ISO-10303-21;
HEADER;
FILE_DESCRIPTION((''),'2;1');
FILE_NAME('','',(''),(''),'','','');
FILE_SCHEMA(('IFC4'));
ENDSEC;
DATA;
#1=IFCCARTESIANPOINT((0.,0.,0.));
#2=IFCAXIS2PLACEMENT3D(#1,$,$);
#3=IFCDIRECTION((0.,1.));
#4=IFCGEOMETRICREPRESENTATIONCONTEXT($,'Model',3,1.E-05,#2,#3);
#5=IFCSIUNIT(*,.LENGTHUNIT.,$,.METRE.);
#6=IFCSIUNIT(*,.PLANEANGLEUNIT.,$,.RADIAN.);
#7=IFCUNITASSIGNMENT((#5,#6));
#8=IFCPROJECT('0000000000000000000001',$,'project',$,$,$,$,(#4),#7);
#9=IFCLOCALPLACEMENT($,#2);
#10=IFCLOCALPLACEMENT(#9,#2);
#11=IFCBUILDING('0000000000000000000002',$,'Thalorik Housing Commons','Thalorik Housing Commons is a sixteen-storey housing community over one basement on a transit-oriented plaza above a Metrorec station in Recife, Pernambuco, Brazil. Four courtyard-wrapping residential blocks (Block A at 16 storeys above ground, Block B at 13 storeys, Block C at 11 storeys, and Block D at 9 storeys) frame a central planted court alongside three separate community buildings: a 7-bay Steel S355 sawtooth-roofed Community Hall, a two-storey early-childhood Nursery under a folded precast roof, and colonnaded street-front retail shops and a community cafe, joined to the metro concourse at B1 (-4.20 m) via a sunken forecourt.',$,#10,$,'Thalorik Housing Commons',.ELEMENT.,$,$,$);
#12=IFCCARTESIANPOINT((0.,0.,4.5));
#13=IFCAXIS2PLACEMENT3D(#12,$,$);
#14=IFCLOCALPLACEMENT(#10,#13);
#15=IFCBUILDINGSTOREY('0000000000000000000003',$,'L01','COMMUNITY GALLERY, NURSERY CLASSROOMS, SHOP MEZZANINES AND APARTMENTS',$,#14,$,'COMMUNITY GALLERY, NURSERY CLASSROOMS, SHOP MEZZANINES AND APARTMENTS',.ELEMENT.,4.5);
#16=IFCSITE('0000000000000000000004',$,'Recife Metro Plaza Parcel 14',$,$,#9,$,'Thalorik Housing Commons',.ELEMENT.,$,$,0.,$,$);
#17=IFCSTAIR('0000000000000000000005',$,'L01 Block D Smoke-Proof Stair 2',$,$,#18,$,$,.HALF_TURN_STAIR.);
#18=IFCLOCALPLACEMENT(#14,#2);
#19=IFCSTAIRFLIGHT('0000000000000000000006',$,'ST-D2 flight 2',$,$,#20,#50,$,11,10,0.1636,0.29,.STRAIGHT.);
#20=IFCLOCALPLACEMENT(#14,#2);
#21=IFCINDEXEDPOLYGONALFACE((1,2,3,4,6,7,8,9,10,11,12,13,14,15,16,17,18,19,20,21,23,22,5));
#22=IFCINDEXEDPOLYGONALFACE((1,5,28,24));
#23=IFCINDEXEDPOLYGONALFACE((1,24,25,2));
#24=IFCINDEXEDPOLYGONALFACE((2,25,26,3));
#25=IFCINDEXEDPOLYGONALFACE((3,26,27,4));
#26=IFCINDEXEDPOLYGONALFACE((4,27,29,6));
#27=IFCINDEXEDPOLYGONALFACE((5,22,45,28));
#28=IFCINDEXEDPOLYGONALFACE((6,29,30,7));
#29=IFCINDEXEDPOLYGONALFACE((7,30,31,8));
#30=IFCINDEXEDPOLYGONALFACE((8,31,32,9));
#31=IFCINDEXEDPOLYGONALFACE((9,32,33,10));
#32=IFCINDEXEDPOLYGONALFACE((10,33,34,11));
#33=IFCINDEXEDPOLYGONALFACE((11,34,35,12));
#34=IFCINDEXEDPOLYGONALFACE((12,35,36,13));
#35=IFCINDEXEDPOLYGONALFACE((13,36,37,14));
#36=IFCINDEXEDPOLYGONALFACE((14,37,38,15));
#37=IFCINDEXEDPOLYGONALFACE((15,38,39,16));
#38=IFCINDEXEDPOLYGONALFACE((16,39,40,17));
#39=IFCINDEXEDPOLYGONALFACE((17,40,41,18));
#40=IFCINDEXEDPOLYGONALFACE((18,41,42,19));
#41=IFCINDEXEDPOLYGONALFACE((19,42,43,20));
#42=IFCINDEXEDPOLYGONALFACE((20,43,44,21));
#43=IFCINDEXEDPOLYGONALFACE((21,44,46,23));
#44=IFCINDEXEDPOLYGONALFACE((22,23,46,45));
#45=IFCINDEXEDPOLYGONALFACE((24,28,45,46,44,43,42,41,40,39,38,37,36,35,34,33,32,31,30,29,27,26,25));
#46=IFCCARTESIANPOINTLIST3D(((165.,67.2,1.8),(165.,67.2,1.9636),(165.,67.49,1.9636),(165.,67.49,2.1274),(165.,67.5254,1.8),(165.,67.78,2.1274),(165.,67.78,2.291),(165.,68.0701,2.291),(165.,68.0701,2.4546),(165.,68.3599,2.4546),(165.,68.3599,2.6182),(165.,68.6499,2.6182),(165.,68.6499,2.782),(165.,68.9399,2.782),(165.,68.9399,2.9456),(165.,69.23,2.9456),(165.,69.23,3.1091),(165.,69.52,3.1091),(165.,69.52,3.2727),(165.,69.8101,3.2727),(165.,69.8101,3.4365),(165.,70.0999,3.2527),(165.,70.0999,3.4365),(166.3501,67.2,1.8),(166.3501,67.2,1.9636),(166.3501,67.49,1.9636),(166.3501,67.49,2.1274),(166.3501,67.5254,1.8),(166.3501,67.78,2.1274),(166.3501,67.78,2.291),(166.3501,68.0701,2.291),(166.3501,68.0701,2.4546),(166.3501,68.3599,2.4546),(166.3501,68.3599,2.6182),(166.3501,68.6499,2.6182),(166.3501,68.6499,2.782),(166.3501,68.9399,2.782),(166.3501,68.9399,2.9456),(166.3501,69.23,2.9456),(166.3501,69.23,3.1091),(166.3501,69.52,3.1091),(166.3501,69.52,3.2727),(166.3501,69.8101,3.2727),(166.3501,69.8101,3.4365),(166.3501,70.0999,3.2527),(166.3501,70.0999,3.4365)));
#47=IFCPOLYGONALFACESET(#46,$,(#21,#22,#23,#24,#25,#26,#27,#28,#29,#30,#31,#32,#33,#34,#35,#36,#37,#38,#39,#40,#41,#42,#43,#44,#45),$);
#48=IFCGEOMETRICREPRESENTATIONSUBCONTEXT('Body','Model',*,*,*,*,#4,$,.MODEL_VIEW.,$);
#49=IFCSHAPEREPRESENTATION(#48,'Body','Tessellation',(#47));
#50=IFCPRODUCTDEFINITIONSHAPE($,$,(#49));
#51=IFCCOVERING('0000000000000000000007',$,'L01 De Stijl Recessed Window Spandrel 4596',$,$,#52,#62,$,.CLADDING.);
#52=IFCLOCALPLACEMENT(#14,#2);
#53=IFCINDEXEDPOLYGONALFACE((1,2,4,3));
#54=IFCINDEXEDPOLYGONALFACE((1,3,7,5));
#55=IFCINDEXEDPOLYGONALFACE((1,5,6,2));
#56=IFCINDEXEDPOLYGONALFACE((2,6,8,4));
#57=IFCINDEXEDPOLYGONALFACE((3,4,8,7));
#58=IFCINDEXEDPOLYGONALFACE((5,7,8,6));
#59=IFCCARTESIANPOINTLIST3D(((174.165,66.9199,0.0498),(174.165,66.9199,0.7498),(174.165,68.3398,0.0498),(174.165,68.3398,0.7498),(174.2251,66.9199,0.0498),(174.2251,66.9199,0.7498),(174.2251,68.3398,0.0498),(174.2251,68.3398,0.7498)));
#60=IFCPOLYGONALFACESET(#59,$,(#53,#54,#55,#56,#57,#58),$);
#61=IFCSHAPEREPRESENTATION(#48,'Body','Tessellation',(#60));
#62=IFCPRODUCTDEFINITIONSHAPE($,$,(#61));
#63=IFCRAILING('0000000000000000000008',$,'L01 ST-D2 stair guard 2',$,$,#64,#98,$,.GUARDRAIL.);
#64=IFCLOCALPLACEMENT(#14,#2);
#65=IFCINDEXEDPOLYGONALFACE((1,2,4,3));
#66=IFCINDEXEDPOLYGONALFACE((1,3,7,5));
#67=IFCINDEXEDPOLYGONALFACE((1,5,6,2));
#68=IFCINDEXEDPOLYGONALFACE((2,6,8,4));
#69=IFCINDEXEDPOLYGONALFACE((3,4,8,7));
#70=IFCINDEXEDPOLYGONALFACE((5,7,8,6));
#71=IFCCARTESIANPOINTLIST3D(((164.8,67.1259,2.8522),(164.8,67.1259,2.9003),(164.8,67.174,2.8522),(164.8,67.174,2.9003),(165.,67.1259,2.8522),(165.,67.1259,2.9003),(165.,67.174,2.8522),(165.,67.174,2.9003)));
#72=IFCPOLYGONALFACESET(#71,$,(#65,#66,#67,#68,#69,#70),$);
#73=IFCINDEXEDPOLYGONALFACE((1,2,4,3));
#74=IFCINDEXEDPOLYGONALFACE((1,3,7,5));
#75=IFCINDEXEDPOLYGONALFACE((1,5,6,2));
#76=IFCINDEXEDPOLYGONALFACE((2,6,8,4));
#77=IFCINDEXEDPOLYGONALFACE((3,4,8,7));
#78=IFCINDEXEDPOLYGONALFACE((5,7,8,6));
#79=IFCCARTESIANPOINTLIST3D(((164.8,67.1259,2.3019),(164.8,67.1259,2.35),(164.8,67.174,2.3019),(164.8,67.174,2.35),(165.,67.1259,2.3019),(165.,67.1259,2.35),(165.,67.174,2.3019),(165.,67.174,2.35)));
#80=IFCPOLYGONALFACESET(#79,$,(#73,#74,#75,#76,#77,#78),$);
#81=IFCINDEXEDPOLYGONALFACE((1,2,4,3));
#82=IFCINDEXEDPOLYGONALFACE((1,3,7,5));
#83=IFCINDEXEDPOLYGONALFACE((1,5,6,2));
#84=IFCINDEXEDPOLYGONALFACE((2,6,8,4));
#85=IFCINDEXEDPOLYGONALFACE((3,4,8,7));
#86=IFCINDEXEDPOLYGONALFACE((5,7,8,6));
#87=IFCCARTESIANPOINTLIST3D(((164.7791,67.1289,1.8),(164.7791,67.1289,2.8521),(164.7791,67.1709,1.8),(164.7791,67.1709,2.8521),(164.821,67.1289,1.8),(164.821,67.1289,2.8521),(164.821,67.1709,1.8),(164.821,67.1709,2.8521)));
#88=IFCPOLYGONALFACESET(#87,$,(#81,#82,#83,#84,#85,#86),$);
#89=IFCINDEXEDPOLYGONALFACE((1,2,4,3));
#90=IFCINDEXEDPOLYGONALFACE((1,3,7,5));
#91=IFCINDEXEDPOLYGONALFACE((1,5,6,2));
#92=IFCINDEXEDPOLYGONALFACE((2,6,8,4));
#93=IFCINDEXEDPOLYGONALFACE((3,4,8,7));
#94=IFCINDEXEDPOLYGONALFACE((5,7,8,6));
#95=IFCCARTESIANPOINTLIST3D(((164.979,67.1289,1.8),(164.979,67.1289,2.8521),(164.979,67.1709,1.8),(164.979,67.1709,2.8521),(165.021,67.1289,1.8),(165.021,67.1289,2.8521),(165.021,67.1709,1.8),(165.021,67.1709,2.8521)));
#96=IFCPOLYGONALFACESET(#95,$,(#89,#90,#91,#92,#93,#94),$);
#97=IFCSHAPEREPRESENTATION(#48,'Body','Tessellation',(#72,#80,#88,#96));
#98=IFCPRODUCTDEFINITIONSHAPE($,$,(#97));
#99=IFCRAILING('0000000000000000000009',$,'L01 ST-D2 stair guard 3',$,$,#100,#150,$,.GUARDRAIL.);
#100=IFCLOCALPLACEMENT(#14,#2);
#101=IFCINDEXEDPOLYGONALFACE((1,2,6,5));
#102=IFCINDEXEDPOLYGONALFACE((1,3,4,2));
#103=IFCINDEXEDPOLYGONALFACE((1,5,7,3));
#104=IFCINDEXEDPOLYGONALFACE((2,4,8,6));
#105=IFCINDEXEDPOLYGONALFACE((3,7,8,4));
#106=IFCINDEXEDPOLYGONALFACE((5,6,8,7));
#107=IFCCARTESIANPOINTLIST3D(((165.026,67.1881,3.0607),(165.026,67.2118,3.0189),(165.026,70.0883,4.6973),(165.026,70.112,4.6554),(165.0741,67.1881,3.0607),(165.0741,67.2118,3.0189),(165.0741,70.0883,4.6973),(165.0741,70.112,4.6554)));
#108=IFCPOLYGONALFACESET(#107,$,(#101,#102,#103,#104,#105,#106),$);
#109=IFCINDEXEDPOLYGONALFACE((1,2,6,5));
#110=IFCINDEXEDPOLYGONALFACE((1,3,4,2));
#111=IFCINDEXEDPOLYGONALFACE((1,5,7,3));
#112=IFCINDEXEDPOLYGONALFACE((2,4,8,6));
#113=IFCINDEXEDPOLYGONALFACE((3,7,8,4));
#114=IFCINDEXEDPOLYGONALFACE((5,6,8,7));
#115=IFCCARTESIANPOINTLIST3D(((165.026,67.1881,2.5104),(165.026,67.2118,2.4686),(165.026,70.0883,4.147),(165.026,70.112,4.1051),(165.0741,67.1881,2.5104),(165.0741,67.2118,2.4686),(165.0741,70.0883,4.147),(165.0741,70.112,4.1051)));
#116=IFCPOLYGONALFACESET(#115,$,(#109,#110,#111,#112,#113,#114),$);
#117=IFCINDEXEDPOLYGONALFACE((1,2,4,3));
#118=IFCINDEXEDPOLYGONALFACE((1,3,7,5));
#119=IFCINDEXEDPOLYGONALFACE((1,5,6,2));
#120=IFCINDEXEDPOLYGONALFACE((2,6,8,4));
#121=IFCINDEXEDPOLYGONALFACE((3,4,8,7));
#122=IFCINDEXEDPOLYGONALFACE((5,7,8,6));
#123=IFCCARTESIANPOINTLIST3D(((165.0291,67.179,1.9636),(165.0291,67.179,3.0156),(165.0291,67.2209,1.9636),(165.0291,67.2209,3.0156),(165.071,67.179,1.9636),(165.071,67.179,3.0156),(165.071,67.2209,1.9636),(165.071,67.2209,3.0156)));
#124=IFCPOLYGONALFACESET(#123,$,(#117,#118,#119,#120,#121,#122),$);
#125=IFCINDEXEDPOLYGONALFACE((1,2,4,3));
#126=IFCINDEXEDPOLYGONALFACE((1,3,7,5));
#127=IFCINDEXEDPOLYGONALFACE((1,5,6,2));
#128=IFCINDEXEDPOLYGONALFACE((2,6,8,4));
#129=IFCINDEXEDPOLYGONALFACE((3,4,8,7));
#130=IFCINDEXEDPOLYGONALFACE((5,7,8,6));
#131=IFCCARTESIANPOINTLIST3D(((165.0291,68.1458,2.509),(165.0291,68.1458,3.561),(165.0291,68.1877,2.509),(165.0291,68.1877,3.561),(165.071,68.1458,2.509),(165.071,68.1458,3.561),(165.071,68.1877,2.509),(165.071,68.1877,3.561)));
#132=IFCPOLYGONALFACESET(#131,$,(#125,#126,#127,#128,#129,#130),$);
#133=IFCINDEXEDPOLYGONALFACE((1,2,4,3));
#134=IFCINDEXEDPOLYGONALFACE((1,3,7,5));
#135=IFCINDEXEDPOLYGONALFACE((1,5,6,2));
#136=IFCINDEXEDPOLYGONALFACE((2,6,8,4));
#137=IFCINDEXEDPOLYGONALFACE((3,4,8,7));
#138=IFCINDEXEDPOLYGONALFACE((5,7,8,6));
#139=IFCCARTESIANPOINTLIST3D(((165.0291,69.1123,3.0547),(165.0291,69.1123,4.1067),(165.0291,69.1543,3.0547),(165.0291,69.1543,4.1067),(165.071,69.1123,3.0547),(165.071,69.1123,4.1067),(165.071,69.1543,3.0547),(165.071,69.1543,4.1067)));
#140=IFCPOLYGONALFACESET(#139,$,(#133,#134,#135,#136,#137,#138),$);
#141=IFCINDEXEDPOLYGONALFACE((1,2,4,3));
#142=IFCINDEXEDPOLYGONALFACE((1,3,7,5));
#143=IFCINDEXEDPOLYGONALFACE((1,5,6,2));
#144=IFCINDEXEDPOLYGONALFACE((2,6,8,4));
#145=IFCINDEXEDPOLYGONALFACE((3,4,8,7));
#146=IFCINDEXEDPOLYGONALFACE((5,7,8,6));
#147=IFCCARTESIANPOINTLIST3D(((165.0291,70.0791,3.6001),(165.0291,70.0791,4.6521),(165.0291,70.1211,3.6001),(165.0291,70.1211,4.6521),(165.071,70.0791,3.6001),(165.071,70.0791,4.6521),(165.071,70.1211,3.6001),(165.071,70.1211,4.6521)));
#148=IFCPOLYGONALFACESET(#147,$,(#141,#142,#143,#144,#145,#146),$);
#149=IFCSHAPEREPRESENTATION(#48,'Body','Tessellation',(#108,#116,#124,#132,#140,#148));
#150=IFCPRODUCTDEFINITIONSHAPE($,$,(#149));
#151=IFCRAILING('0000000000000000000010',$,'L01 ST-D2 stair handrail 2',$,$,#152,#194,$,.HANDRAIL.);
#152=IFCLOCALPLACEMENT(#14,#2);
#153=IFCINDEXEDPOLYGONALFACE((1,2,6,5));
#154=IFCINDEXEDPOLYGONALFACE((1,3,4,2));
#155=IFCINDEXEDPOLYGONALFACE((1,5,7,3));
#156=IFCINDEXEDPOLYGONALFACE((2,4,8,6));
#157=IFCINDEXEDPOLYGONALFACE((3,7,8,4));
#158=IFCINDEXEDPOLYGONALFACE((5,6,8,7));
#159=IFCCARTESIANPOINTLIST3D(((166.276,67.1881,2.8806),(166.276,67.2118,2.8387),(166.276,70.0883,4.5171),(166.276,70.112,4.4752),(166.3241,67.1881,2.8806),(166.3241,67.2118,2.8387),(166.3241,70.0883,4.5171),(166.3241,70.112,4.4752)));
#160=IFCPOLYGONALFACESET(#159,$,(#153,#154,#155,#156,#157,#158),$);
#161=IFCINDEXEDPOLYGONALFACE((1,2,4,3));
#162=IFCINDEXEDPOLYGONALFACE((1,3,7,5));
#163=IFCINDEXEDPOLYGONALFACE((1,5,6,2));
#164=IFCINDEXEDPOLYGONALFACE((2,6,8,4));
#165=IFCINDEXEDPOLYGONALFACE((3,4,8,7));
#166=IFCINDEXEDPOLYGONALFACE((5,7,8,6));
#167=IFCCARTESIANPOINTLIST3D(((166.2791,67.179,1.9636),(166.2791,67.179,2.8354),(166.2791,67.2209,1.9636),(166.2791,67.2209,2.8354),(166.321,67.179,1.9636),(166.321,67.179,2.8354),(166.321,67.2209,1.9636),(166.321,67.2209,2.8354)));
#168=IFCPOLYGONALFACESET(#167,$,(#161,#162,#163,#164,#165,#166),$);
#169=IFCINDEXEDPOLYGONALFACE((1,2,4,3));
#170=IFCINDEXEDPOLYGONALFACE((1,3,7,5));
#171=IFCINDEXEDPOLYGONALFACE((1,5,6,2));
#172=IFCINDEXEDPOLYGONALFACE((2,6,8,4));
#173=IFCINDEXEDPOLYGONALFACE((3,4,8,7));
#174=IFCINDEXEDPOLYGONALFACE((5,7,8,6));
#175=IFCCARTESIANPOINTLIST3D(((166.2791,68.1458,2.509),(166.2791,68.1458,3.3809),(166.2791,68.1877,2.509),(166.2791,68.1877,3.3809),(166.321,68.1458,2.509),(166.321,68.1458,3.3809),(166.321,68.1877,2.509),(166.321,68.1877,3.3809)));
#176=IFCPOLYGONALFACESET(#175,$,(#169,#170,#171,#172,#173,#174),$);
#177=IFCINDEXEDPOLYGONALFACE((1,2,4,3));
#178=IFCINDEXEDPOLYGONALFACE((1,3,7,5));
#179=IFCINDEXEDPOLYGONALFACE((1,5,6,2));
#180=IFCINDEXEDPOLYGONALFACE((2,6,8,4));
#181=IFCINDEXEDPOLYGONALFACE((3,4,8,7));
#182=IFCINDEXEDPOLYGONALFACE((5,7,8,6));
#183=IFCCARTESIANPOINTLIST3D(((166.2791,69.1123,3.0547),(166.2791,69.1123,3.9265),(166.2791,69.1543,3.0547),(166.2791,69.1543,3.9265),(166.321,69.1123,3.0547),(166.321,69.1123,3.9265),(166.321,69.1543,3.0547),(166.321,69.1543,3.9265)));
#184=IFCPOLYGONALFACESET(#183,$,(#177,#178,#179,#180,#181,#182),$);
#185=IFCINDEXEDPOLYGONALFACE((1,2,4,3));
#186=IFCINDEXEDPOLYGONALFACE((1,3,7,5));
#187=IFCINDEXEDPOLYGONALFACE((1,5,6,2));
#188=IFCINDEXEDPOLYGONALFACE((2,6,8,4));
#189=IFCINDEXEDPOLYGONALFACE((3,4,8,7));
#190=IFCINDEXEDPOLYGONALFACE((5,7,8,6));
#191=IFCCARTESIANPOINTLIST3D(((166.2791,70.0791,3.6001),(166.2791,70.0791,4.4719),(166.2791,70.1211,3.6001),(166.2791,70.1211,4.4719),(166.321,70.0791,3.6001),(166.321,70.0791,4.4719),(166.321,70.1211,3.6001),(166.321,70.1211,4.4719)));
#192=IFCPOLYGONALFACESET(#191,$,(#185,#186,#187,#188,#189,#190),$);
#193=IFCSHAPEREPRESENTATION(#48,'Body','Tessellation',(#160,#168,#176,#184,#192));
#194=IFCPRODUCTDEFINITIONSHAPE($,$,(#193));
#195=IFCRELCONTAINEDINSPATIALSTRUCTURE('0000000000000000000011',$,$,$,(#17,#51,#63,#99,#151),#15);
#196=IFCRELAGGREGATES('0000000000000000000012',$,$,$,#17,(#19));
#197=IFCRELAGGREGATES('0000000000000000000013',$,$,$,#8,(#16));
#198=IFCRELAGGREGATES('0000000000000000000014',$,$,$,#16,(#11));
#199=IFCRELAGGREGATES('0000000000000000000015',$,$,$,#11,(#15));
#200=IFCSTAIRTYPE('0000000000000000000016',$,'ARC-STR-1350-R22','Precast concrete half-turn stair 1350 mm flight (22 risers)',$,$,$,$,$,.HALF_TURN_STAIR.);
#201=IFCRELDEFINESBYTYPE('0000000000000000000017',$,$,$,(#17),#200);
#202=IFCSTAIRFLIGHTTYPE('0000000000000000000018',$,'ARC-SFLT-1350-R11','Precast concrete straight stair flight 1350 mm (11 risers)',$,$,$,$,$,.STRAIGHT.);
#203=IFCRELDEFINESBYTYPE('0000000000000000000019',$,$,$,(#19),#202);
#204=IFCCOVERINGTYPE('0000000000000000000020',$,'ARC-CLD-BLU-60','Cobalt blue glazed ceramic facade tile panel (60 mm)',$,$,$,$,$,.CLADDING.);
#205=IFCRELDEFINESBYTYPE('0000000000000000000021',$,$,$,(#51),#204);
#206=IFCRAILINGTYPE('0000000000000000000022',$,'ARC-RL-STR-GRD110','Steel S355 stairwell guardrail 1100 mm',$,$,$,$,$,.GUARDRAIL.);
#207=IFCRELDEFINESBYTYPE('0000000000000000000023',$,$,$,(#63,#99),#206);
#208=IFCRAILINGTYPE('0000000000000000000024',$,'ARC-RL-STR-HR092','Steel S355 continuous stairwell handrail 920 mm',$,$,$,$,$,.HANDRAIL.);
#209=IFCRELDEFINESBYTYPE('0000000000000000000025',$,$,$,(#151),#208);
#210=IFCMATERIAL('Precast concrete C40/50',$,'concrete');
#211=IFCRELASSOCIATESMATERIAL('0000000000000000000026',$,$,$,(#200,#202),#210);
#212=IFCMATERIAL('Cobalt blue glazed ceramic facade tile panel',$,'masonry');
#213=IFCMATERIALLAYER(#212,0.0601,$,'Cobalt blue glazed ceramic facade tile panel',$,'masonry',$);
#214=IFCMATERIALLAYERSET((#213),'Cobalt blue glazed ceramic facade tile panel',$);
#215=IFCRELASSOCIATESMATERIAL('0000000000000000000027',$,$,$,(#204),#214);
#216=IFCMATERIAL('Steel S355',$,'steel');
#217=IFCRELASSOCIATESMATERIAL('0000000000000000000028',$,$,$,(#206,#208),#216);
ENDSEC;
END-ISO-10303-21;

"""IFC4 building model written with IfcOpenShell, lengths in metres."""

from ifc_helpers import new_model, si_unit, direction, frame, origin, origin_2d, place, context, subcontext, project, spatial, polyline, rectangle, outline, extrude, material, layer, layer_set, type_object, element, aggregate, save


model = new_model("IFC4")

# Units and contexts
model_context = context("Model", 3, precision=1e-05, world=origin(), true_north=direction((0.0, 1.0)))
body_context = subcontext(model_context, "Body", "Model", "MODEL_VIEW")
ifc_project = project(units=[si_unit("LENGTHUNIT", "METRE"), si_unit("PLANEANGLEUNIT", "RADIAN")], contexts=[model_context])

# Site, building, storey
site_placement = place(None, origin())
site = spatial("IfcSite", under=ifc_project, at=site_placement, Name="Recife Metro Plaza Parcel 14", LongName="Thalorik Housing Commons", CompositionType="ELEMENT", RefElevation=0.0)
building_placement = place(site_placement, origin())
building = spatial("IfcBuilding", under=site, at=building_placement, Name="Thalorik Housing Commons", Description="Thalorik Housing Commons is a sixteen-storey housing community over one basement on a transit-oriented plaza above a Metrorec station in Recife, Pernambuco, Brazil. Four courtyard-wrapping residential blocks (Block A at 16 storeys above ground, Block B at 13 storeys, Block C at 11 storeys, and Block D at 9 storeys) frame a central planted court alongside three separate community buildings: a 7-bay Steel S355 sawtooth-roofed Community Hall, a two-storey early-childhood Nursery under a folded precast roof, and colonnaded street-front retail shops and a community cafe, joined to the metro concourse at B1 (-4.20 m) via a sunken forecourt.", LongName="Thalorik Housing Commons", CompositionType="ELEMENT")
storey_placement = place(building_placement, frame((0.0, 0.0, 4.5)))
storey = spatial("IfcBuildingStorey", under=building, at=storey_placement, Name="L01", Description="COMMUNITY GALLERY, NURSERY CLASSROOMS, SHOP MEZZANINES AND APARTMENTS", LongName="COMMUNITY GALLERY, NURSERY CLASSROOMS, SHOP MEZZANINES AND APARTMENTS", CompositionType="ELEMENT", Elevation=4.5)

# Shared definitions
ifc_material_1 = material(Name="Precast concrete C40/50", Category="concrete")

# Shared definitions
ifc_material_2 = material(Name="Steel S355", Category="steel")

# Stair, stair flight
stair_type = type_object("IfcStairType", Name="ARC-STR-1350-R22", Description="Precast concrete half-turn stair 1350 mm flight (22 risers)", PredefinedType="HALF_TURN_STAIR", material=ifc_material_1)
stair_placement = place(storey_placement, origin())
stair = element("IfcStair", 1, at=stair_placement, inside=storey, type_object=stair_type, Name="L01 Block D Smoke-Proof Stair 2", PredefinedType="HALF_TURN_STAIR")
stair_flight_type = type_object("IfcStairFlightType", Name="ARC-SFLT-1350-R11", Description="Precast concrete straight stair flight 1350 mm (11 risers)", PredefinedType="STRAIGHT", material=ifc_material_1)
stair_flight_placement = place(storey_placement, frame((165.675, 67.2, 1.8), z_axis=(0.0, 0.0, 1.0), x_axis=(0.0, 1.0, 0.0)))
stair_flight = element("IfcStairFlight", 2, at=stair_flight_placement, type_object=stair_flight_type, Name="ST-D2 flight 2", NumberOfRisers=11, NumberOfTreads=10, PredefinedType="STRAIGHT", RiserHeight=0.1636, TreadLength=0.29, context=body_context, shape_type="SweptSolid", body=[
    extrude(outline(polyline([(0.0, 0.0), (0.0, 0.1636), (0.29, 0.1636), (0.29, 0.3274), (0.5801, 0.3274), (0.5801, 0.491), (0.8701, 0.491), (0.8701, 0.6545), (1.1599, 0.6545), (1.1599, 0.8181), (1.45, 0.8181), (1.45, 0.9819), (1.74, 0.9819), (1.74, 1.1455), (2.03, 1.1455), (2.03, 1.3091), (2.3201, 1.3091), (2.3201, 1.4727), (2.6101, 1.4727), (2.6101, 1.6365), (2.8999, 1.6365), (2.8999, 1.8), (2.8999, 1.4526), (0.3254, 0.0), (0.0, 0.0)])), frame((0.0, 0.675, 0.0), z_axis=(0.0, -1.0, 0.0), x_axis=(1.0, 0.0, 0.0)), (0.0, 0.0, 1.0), 1.3501),
])
aggregate(stair, [stair_flight])

# Covering
ifc_material_3 = material(Name="Cobalt blue glazed ceramic facade tile panel", Category="masonry")
ifc_layer_1 = layer(ifc_material_3, 0.0601, Name="Cobalt blue glazed ceramic facade tile panel", Category="masonry")
ifc_layer_set_1 = layer_set([ifc_layer_1], Name="Cobalt blue glazed ceramic facade tile panel")
covering_type_1 = type_object("IfcCoveringType", Name="ARC-CLD-BLU-60", Description="Cobalt blue glazed ceramic facade tile panel (60 mm)", PredefinedType="CLADDING", material=ifc_layer_set_1)
covering_1_placement = place(storey_placement, frame((174.1951, 67.6299, 0.0498), z_axis=(0.0, 0.0, 1.0), x_axis=(0.0, 1.0, 0.0)))
element("IfcCovering", 3, at=covering_1_placement, inside=storey, type_object=covering_type_1, Name="L01 De Stijl Recessed Window Spandrel 4596", PredefinedType="CLADDING", context=body_context, shape_type="SweptSolid", body=[
    extrude(rectangle(XDim=1.4199, YDim=0.0601, at=origin_2d()), origin(), (0.0, 0.0, 1.0), 0.7),
])

# Railings
railing_type_1 = type_object("IfcRailingType", Name="ARC-RL-STR-GRD110", Description="Steel S355 stairwell guardrail 1100 mm", PredefinedType="GUARDRAIL", material=ifc_material_2)
railing_1_placement = place(storey_placement, frame((164.8, 67.1499, 1.8)))
element("IfcRailing", 4, at=railing_1_placement, inside=storey, type_object=railing_type_1, Name="L01 ST-D2 stair guard 2", PredefinedType="GUARDRAIL", context=body_context, shape_type="SweptSolid", body=[
    extrude(rectangle(XDim=0.0481, YDim=0.0481, at=origin_2d()), frame((0.0, 0.0, 1.0762), z_axis=(1.0, 0.0, 0.0), x_axis=(0.0, 1.0, 0.0)), (0.0, 0.0, 1.0), 0.2),
    extrude(rectangle(XDim=0.0481, YDim=0.0481, at=origin_2d()), frame((0.0, 0.0, 0.5259), z_axis=(1.0, 0.0, 0.0), x_axis=(0.0, 1.0, 0.0)), (0.0, 0.0, 1.0), 0.2),
    extrude(rectangle(XDim=0.042, YDim=0.042, at=origin_2d()), origin(), (0.0, 0.0, 1.0), 1.052),
    extrude(rectangle(XDim=0.042, YDim=0.042, at=origin_2d()), frame((0.2, 0.0, 0.0)), (0.0, 0.0, 1.0), 1.052),
])
railing_2_placement = place(storey_placement, frame((165.05, 67.2, 1.9636)))
element("IfcRailing", 5, at=railing_2_placement, inside=storey, type_object=railing_type_1, Name="L01 ST-D2 stair guard 3", PredefinedType="GUARDRAIL", context=body_context, shape_type="SweptSolid", body=[
    extrude(rectangle(XDim=0.0481, YDim=0.0481, at=origin_2d()), frame((0.0, 0.0, 1.0762), z_axis=(0.0, 0.870915, 0.491434), x_axis=(-1.0, 0.0, 0.0)), (0.0, 0.0, 1.0), 3.3301),
    extrude(rectangle(XDim=0.0481, YDim=0.0481, at=origin_2d()), frame((0.0, 0.0, 0.5259), z_axis=(0.0, 0.870915, 0.491434), x_axis=(-1.0, 0.0, 0.0)), (0.0, 0.0, 1.0), 3.3301),
    extrude(rectangle(XDim=0.042, YDim=0.042, at=origin_2d()), origin(), (0.0, 0.0, 1.0), 1.052),
    extrude(rectangle(XDim=0.042, YDim=0.042, at=origin_2d()), frame((0.0, 0.9668, 0.5454)), (0.0, 0.0, 1.0), 1.052),
    extrude(rectangle(XDim=0.042, YDim=0.042, at=origin_2d()), frame((0.0, 1.9333, 1.0911)), (0.0, 0.0, 1.0), 1.052),
    extrude(rectangle(XDim=0.042, YDim=0.042, at=origin_2d()), frame((0.0, 2.9001, 1.6365)), (0.0, 0.0, 1.0), 1.052),
])
railing_type_2 = type_object("IfcRailingType", Name="ARC-RL-STR-HR092", Description="Steel S355 continuous stairwell handrail 920 mm", PredefinedType="HANDRAIL", material=ifc_material_2)
railing_3_placement = place(storey_placement, frame((166.3, 67.2, 1.9636)))
element("IfcRailing", 6, at=railing_3_placement, inside=storey, type_object=railing_type_2, Name="L01 ST-D2 stair handrail 2", PredefinedType="HANDRAIL", context=body_context, shape_type="SweptSolid", body=[
    extrude(rectangle(XDim=0.0481, YDim=0.0481, at=origin_2d()), frame((0.0, 0.0, 0.896), z_axis=(0.0, 0.870915, 0.491434), x_axis=(-1.0, 0.0, 0.0)), (0.0, 0.0, 1.0), 3.3301),
    extrude(rectangle(XDim=0.042, YDim=0.042, at=origin_2d()), origin(), (0.0, 0.0, 1.0), 0.8718),
    extrude(rectangle(XDim=0.042, YDim=0.042, at=origin_2d()), frame((0.0, 0.9668, 0.5454)), (0.0, 0.0, 1.0), 0.8718),
    extrude(rectangle(XDim=0.042, YDim=0.042, at=origin_2d()), frame((0.0, 1.9333, 1.0911)), (0.0, 0.0, 1.0), 0.8718),
    extrude(rectangle(XDim=0.042, YDim=0.042, at=origin_2d()), frame((0.0, 2.9001, 1.6365)), (0.0, 0.0, 1.0), 0.8718),
])

save(model, "model.ifc")
